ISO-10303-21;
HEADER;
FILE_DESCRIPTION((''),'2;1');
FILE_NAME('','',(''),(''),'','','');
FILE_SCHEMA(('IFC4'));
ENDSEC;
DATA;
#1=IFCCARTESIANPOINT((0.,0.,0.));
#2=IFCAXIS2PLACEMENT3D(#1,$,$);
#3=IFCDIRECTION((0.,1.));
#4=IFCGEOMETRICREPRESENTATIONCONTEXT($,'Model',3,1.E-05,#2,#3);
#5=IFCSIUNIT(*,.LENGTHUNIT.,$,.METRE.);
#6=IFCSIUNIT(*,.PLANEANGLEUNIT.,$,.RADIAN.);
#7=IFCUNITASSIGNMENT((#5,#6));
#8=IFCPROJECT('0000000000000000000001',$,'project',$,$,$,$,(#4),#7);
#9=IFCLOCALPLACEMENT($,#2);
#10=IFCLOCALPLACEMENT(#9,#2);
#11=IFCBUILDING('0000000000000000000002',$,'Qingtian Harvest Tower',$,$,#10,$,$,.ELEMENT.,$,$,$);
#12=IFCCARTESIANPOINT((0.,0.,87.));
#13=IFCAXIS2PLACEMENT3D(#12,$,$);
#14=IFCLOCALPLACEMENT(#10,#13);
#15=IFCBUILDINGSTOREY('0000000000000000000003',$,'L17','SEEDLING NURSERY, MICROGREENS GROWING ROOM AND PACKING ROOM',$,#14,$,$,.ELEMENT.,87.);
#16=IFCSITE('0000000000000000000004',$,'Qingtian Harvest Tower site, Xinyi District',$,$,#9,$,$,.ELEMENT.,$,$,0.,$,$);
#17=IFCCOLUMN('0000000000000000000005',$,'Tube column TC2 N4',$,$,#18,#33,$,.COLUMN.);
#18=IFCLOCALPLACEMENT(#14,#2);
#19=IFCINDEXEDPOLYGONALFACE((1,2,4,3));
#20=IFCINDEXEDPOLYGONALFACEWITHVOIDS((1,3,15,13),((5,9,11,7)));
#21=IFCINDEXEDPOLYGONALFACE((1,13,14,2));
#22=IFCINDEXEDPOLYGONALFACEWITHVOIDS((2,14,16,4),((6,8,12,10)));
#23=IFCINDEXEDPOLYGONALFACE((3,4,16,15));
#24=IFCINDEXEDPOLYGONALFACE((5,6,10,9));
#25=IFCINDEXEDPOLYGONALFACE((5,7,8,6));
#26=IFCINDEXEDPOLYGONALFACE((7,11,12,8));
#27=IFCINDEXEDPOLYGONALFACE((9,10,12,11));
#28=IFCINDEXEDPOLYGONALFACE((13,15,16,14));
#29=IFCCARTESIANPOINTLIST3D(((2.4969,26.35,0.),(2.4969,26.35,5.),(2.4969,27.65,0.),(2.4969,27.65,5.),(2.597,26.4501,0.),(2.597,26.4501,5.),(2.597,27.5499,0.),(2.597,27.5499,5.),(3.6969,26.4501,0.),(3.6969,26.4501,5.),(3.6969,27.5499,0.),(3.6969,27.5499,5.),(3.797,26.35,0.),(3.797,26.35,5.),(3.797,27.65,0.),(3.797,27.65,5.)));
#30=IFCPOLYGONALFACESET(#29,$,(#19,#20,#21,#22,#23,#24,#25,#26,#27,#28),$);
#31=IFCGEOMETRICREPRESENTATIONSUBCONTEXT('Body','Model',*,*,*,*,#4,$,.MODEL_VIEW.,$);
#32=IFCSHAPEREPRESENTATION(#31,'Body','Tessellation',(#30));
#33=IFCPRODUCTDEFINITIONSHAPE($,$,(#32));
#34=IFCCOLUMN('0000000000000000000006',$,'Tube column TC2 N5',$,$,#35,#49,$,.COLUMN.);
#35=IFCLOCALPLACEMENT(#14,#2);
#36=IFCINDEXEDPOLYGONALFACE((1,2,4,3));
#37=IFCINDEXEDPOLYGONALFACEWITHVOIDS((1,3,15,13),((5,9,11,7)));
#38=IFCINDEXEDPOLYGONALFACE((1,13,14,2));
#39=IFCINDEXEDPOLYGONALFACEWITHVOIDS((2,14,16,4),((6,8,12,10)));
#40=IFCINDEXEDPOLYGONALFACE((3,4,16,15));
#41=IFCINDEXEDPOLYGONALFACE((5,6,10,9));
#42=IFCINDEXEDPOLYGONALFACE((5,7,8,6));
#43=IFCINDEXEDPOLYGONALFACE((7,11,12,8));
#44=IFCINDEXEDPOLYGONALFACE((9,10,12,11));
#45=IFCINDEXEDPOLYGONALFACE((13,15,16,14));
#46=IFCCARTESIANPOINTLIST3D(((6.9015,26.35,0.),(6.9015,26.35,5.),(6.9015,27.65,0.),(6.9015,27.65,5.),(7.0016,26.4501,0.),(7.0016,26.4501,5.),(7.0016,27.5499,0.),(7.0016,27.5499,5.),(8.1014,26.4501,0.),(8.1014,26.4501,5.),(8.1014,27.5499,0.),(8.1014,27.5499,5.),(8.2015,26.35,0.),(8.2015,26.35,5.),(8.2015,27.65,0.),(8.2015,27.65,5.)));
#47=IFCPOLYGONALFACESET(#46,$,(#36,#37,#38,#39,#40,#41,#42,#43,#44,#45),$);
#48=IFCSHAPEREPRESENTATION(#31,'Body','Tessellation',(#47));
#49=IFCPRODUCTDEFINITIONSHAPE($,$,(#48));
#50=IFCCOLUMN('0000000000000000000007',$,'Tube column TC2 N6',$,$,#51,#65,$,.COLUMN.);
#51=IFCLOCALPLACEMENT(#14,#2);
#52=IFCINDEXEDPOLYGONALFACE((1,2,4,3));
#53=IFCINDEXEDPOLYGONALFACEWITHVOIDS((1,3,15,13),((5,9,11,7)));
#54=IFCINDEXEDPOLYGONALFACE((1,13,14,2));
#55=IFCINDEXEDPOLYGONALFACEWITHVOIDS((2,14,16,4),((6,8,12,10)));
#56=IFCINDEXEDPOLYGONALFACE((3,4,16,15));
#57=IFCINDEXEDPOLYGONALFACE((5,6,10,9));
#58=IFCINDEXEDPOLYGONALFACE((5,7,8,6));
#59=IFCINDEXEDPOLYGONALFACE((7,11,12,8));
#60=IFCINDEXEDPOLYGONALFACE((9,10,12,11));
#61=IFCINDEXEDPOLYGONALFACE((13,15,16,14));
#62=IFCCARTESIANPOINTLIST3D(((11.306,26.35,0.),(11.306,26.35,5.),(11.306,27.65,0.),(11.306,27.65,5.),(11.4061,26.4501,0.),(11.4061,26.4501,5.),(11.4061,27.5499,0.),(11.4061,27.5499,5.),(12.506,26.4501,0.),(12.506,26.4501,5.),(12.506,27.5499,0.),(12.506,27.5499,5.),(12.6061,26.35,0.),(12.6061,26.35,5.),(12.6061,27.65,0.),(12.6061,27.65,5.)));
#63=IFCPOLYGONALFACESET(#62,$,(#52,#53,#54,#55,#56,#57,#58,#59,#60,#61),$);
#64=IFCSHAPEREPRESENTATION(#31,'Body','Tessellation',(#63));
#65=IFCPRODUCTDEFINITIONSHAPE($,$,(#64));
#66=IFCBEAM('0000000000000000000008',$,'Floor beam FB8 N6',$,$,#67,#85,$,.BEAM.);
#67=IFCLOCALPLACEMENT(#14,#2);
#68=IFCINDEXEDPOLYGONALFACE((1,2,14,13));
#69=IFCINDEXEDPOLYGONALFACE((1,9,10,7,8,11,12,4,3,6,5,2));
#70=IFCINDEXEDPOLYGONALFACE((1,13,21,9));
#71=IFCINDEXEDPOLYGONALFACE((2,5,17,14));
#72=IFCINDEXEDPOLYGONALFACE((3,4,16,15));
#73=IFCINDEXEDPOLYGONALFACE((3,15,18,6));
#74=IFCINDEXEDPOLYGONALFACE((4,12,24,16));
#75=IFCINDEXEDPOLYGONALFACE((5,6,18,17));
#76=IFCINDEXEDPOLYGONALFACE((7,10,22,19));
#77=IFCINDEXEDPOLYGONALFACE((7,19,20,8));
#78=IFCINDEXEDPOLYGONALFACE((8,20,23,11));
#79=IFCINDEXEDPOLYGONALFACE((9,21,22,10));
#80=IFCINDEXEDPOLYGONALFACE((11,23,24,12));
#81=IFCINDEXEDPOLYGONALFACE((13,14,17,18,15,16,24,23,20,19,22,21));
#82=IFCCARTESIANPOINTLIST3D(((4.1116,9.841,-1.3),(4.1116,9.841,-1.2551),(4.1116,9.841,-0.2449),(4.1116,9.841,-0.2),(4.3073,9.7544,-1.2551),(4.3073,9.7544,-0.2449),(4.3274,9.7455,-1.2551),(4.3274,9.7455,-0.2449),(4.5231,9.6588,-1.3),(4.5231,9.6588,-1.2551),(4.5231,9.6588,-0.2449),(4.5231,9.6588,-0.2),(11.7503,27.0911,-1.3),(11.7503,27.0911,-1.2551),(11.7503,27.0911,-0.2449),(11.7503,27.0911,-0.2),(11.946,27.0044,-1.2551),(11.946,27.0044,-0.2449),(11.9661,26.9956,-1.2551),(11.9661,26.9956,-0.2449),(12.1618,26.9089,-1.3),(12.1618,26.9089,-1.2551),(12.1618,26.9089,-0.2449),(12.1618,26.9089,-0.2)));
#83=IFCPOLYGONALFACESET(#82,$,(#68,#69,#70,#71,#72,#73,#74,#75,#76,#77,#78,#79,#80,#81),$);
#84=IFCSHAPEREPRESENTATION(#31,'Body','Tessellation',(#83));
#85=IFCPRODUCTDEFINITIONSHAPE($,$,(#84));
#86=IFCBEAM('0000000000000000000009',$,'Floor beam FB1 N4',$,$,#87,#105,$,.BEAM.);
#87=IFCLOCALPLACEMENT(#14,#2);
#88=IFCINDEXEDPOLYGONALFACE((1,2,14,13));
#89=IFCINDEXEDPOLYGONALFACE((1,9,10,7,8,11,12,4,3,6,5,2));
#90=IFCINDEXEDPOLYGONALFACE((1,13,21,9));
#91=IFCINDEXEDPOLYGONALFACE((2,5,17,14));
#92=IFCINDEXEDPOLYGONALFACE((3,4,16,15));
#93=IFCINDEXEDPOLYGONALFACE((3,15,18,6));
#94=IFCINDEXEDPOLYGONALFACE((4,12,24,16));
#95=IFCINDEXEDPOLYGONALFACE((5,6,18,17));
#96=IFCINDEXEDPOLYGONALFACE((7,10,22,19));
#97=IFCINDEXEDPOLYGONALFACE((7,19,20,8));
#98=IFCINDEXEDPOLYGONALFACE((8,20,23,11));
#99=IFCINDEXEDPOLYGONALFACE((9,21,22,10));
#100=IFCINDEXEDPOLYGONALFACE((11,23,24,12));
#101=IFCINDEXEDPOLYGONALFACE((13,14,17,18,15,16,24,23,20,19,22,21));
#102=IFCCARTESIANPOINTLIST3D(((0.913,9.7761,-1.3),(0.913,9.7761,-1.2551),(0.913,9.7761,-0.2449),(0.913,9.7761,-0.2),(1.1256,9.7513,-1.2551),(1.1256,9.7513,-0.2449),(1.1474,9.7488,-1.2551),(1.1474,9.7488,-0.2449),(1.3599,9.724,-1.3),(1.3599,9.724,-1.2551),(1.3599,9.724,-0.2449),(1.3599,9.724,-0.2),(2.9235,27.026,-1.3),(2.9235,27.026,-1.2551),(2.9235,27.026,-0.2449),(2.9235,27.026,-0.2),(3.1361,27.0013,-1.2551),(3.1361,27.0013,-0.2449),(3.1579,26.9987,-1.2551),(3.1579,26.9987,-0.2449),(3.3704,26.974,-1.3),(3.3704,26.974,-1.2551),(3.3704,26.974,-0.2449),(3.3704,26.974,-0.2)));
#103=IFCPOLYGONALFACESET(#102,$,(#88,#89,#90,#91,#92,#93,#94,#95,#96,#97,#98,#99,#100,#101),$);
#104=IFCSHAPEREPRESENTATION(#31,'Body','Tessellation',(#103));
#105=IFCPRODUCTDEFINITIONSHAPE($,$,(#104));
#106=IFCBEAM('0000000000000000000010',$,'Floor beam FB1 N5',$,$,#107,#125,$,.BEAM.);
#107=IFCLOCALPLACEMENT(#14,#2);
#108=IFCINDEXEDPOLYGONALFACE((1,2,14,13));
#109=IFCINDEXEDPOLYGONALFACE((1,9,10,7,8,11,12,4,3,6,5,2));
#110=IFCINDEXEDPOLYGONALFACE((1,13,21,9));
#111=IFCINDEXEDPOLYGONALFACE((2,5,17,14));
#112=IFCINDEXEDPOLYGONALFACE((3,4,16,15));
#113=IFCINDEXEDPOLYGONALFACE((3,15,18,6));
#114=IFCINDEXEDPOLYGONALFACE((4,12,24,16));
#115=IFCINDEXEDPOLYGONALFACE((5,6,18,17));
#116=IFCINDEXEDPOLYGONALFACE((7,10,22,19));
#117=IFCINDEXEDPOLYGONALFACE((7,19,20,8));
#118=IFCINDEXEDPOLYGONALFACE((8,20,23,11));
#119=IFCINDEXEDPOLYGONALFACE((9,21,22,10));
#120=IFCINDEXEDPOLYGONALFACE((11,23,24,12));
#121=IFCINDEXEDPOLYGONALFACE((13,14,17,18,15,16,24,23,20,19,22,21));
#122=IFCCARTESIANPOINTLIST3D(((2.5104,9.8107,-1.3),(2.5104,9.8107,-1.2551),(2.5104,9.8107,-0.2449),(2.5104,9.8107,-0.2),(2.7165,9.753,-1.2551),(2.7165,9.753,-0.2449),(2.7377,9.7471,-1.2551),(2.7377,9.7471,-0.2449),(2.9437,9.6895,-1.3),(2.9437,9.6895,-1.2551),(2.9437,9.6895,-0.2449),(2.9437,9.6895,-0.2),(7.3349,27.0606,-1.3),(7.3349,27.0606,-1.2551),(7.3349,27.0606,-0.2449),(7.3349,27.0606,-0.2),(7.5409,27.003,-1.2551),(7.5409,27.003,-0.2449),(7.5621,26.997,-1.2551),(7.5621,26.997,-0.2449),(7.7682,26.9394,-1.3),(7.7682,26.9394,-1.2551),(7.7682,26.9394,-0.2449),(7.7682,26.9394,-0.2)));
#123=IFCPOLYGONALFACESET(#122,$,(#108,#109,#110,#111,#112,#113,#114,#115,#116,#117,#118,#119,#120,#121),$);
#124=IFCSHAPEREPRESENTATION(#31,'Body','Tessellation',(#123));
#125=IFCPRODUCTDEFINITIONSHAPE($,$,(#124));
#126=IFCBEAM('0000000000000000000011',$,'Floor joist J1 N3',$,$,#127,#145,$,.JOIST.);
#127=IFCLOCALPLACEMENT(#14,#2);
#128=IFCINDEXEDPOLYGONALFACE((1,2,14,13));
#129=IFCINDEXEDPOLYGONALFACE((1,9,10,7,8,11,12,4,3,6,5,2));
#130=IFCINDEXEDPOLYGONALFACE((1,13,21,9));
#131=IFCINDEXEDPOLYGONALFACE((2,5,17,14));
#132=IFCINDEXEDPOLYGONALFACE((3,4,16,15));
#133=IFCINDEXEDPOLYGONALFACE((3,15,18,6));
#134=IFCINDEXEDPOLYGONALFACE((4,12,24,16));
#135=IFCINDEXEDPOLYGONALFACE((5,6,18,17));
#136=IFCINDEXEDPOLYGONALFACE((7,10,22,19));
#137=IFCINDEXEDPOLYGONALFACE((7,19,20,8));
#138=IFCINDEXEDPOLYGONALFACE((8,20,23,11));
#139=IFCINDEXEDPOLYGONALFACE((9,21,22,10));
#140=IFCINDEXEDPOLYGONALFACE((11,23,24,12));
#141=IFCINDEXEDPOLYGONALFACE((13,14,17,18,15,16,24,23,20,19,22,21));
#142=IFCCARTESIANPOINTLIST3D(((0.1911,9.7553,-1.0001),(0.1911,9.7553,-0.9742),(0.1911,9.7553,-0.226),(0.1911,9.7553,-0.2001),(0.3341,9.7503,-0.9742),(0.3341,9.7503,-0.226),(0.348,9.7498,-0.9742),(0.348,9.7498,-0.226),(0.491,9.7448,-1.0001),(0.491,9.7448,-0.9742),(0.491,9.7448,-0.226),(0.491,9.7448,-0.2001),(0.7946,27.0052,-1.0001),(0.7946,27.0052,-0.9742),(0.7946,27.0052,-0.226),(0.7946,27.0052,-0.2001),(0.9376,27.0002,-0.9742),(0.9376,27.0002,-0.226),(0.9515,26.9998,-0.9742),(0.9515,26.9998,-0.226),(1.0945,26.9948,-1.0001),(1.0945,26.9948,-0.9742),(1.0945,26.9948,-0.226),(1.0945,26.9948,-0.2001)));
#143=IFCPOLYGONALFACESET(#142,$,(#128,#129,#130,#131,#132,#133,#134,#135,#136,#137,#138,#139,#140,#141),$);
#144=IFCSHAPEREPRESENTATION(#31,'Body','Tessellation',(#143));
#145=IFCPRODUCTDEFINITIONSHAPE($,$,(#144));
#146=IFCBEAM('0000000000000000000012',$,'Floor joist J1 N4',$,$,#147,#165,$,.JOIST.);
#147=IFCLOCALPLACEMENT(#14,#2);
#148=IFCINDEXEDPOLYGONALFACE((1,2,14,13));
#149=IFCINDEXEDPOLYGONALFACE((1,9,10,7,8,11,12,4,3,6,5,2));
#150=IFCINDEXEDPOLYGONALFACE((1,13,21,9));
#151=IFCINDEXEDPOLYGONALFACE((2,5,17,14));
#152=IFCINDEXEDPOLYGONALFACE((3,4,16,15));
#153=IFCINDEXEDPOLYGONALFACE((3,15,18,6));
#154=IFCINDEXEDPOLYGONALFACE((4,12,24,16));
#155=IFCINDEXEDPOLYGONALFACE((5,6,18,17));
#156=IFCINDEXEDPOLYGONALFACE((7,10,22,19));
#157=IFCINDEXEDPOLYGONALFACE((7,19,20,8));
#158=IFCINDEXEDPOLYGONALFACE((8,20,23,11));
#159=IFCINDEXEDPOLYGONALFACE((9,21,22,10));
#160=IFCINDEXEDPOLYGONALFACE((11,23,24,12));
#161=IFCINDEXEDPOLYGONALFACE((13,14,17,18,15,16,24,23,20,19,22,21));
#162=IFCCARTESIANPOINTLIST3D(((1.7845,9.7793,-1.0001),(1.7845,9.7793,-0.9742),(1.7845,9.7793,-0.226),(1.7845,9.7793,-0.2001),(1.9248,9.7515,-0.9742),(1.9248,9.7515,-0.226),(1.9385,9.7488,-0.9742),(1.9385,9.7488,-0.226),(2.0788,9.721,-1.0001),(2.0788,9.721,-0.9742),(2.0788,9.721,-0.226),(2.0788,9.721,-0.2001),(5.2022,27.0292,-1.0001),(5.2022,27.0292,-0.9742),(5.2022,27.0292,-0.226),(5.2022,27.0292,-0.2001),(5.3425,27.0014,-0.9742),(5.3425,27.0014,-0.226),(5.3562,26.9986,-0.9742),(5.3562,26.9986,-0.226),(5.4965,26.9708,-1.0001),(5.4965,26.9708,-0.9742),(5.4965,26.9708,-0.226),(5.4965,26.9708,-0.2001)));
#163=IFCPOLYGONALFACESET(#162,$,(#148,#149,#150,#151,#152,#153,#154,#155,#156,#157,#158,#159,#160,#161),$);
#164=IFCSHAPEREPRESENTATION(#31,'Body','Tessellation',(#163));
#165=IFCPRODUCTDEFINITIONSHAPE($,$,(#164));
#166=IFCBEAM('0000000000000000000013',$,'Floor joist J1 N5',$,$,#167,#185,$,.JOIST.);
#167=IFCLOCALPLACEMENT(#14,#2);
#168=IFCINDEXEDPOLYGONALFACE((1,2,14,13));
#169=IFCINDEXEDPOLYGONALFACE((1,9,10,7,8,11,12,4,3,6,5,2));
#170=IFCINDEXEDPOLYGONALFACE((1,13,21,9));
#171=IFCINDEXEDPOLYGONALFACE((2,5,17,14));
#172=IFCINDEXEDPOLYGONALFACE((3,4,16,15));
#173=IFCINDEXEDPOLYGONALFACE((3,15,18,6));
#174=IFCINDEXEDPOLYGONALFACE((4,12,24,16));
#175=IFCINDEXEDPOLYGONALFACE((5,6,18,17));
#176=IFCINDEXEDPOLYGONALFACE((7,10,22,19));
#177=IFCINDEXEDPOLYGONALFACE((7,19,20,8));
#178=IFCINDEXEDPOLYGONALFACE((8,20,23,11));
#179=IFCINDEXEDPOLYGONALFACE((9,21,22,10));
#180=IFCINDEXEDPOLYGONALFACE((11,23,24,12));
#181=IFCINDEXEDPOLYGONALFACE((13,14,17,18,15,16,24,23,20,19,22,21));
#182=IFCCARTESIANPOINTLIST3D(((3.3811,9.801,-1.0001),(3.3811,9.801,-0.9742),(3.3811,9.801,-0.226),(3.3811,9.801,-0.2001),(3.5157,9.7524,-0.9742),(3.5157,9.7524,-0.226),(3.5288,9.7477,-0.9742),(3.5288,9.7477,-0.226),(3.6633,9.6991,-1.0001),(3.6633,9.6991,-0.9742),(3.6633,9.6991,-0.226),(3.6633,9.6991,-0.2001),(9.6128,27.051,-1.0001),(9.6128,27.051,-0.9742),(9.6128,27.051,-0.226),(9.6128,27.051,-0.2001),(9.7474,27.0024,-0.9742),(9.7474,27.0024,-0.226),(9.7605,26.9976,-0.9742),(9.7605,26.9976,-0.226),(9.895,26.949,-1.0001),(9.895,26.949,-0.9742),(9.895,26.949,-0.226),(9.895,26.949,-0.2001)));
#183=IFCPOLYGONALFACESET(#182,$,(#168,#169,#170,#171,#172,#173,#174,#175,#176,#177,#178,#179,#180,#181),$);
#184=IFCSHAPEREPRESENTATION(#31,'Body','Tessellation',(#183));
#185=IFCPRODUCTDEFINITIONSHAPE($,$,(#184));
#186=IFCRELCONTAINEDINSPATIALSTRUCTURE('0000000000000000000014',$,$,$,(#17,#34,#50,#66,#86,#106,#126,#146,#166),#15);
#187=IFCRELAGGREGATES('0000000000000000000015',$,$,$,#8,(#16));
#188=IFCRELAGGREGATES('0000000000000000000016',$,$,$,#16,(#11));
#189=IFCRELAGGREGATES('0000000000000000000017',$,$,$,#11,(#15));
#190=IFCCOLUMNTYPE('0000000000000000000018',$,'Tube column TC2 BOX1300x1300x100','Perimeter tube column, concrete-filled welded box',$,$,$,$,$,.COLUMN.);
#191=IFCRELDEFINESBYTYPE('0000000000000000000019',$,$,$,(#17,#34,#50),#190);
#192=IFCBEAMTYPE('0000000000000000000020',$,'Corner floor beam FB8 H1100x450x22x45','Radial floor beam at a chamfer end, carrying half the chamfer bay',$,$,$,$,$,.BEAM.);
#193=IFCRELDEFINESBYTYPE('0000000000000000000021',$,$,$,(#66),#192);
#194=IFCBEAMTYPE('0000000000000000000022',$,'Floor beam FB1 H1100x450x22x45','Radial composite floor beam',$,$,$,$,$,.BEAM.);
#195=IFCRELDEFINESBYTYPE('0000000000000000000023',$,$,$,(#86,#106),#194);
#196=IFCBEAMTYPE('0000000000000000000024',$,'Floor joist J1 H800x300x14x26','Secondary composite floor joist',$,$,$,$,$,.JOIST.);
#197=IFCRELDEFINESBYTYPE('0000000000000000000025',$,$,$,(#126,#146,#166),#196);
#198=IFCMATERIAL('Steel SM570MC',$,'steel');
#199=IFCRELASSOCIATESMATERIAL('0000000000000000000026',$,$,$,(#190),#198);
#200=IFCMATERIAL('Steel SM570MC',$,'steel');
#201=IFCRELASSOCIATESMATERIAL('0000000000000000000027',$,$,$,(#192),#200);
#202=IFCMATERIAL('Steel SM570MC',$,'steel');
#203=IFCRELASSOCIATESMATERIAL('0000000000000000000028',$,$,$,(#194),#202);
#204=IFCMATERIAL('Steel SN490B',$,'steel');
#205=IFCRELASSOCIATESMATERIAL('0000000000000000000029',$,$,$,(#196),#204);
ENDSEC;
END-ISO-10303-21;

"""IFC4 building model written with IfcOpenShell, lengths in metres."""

from ifc_helpers import new_model, si_unit, direction, frame, origin, origin_2d, place, context, subcontext, project, spatial, hollow_rectangle, i_section, extrude, material, material_profile, profile_set, type_object, element, save


model = new_model("IFC4")

# Units and contexts
model_context = context("Model", 3, precision=1e-05, world=origin(), true_north=direction((0.0, 1.0)))
body_context = subcontext(model_context, "Body", "Model", "MODEL_VIEW")
ifc_project = project(units=[si_unit("LENGTHUNIT", "METRE"), si_unit("PLANEANGLEUNIT", "RADIAN")], contexts=[model_context])

# Site, building, storey
site_placement = place(None, origin())
site = spatial("IfcSite", under=ifc_project, at=site_placement, Name="Qingtian Harvest Tower site, Xinyi District", CompositionType="ELEMENT", RefElevation=0.0)
building_placement = place(site_placement, origin())
building = spatial("IfcBuilding", under=site, at=building_placement, Name="Qingtian Harvest Tower", CompositionType="ELEMENT")
storey_placement = place(building_placement, frame((0.0, 0.0, 87.0)))
storey = spatial("IfcBuildingStorey", under=building, at=storey_placement, Name="L17", Description="SEEDLING NURSERY, MICROGREENS GROWING ROOM AND PACKING ROOM", CompositionType="ELEMENT", Elevation=87.0)

# Columns
ifc_material_1 = material(Name="Steel SM570MC", Category="steel")
ifc_material_profile_1 = material_profile(ifc_material_1, hollow_rectangle(XDim=1.3, YDim=1.3, WallThickness=0.1001, at=origin_2d()), Name="BOX1300x1300x100")
ifc_profile_set_1 = profile_set([ifc_material_profile_1], Name="Steel SM570MC")
column_type = type_object("IfcColumnType", Name="Tube column TC2 BOX1300x1300x100", Description="Perimeter tube column, concrete-filled welded box", PredefinedType="COLUMN", material=ifc_profile_set_1)
for number, where, z_axis, x_axis, name in (
    (1, (3.147, 27.0, 0.0), (0.0, 0.0, 1.0), (-1.0, 0.0, 0.0), "Tube column TC2 N4"),
    (2, (7.5515, 27.0, 0.0), (0.0, 0.0, 1.0), (-1.0, 0.0, 0.0), "Tube column TC2 N5"),
    (3, (11.9561, 27.0, 0.0), (0.0, 0.0, 1.0), (-1.0, 0.0, 0.0), "Tube column TC2 N6"),
):
    element("IfcColumn", number, at=place(storey_placement, frame(where, z_axis=z_axis, x_axis=x_axis)), inside=storey, type_object=column_type, Name=name, PredefinedType="COLUMN", context=body_context, shape_type="SweptSolid", body=[
        extrude(hollow_rectangle(XDim=1.3, YDim=1.3, WallThickness=0.1001, at=origin_2d()), origin(), (0.0, 0.0, 1.0), 5.0),
    ])

# Beams
ifc_material_2 = material(Name="Steel SM570MC", Category="steel")
ifc_material_profile_2 = material_profile(ifc_material_2, i_section(OverallWidth=0.45, OverallDepth=1.1001, WebThickness=0.022, FlangeThickness=0.0449, at=origin_2d()), Name="H1100x450x22x45")
ifc_profile_set_2 = profile_set([ifc_material_profile_2], Name="Steel SM570MC")
beam_type_1 = type_object("IfcBeamType", Name="Corner floor beam FB8 H1100x450x22x45", Description="Radial floor beam at a chamfer end, carrying half the chamfer bay", PredefinedType="BEAM", material=ifc_profile_set_2)
beam_1_placement = place(storey_placement, frame((11.9561, 27.0, -0.75), z_axis=(-0.404899, -0.914361, 0.0), x_axis=(0.914361, -0.404899, 0.0)))
element("IfcBeam", 4, at=beam_1_placement, inside=storey, type_object=beam_type_1, Name="Floor beam FB8 N6", PredefinedType="BEAM", context=body_context, shape_type="SweptSolid", body=[
    extrude(i_section(OverallWidth=0.45, OverallDepth=1.1001, WebThickness=0.022, FlangeThickness=0.0449, at=origin_2d()), origin(), (0.0, 0.0, 1.0), 18.8657),
])
ifc_material_3 = material(Name="Steel SM570MC", Category="steel")
ifc_material_profile_3 = material_profile(ifc_material_3, i_section(OverallWidth=0.45, OverallDepth=1.1001, WebThickness=0.022, FlangeThickness=0.0449, at=origin_2d()), Name="H1100x450x22x45")
ifc_profile_set_3 = profile_set([ifc_material_profile_3], Name="Steel SM570MC")
beam_type_2 = type_object("IfcBeamType", Name="Floor beam FB1 H1100x450x22x45", Description="Radial composite floor beam", PredefinedType="BEAM", material=ifc_profile_set_3)
beam_2_placement = place(storey_placement, frame((3.147, 27.0, -0.75), z_axis=(-0.115767, -0.993276, 0.0), x_axis=(0.993276, -0.115767, 0.0)))
element("IfcBeam", 5, at=beam_2_placement, inside=storey, type_object=beam_type_2, Name="Floor beam FB1 N4", PredefinedType="BEAM", context=body_context, shape_type="SweptSolid", body=[
    extrude(i_section(OverallWidth=0.45, OverallDepth=1.1001, WebThickness=0.022, FlangeThickness=0.0449, at=origin_2d()), origin(), (0.0, 0.0, 1.0), 17.3667),
])
beam_3_placement = place(storey_placement, frame((7.5515, 27.0, -0.75), z_axis=(-0.269343, -0.963044, 0.0), x_axis=(0.963044, -0.269343, 0.0)))
element("IfcBeam", 6, at=beam_3_placement, inside=storey, type_object=beam_type_2, Name="Floor beam FB1 N5", PredefinedType="BEAM", context=body_context, shape_type="SweptSolid", body=[
    extrude(i_section(OverallWidth=0.45, OverallDepth=1.1001, WebThickness=0.022, FlangeThickness=0.0449, at=origin_2d()), origin(), (0.0, 0.0, 1.0), 17.9119),
])
ifc_material_4 = material(Name="Steel SN490B", Category="steel")
ifc_material_profile_4 = material_profile(ifc_material_4, i_section(OverallWidth=0.3, OverallDepth=0.8, WebThickness=0.0139, FlangeThickness=0.0259, at=origin_2d()), Name="H800x300x14x26")
ifc_profile_set_4 = profile_set([ifc_material_profile_4], Name="Steel SN490B")
beam_type_3 = type_object("IfcBeamType", Name="Floor joist J1 H800x300x14x26", Description="Secondary composite floor joist", PredefinedType="JOIST", material=ifc_profile_set_4)
beam_4_placement = place(storey_placement, frame((0.9446, 27.0, -0.6001), z_axis=(-0.034965, -0.999389, 0.0), x_axis=(0.999389, -0.034965, 0.0)))
element("IfcBeam", 7, at=beam_4_placement, inside=storey, type_object=beam_type_3, Name="Floor joist J1 N3", PredefinedType="JOIST", context=body_context, shape_type="SweptSolid", body=[
    extrude(i_section(OverallWidth=0.3, OverallDepth=0.8, WebThickness=0.0139, FlangeThickness=0.0259, at=origin_2d()), origin(), (0.0, 0.0, 1.0), 17.2605),
])
beam_5_placement = place(storey_placement, frame((5.3494, 27.0, -0.6001), z_axis=(-0.194351, -0.980932, 0.0), x_axis=(0.980932, -0.194351, 0.0)))
element("IfcBeam", 8, at=beam_5_placement, inside=storey, type_object=beam_type_3, Name="Floor joist J1 N4", PredefinedType="JOIST", context=body_context, shape_type="SweptSolid", body=[
    extrude(i_section(OverallWidth=0.3, OverallDepth=0.8, WebThickness=0.0139, FlangeThickness=0.0259, at=origin_2d()), origin(), (0.0, 0.0, 1.0), 17.5852),
])
beam_6_placement = place(storey_placement, frame((9.7539, 27.0, -0.6001), z_axis=(-0.339766, -0.94051, 0.0), x_axis=(0.94051, -0.339766, 0.0)))
element("IfcBeam", 9, at=beam_6_placement, inside=storey, type_object=beam_type_3, Name="Floor joist J1 N5", PredefinedType="JOIST", context=body_context, shape_type="SweptSolid", body=[
    extrude(i_section(OverallWidth=0.3, OverallDepth=0.8, WebThickness=0.0139, FlangeThickness=0.0259, at=origin_2d()), origin(), (0.0, 0.0, 1.0), 18.3411),
])

save(model, "model.ifc")
